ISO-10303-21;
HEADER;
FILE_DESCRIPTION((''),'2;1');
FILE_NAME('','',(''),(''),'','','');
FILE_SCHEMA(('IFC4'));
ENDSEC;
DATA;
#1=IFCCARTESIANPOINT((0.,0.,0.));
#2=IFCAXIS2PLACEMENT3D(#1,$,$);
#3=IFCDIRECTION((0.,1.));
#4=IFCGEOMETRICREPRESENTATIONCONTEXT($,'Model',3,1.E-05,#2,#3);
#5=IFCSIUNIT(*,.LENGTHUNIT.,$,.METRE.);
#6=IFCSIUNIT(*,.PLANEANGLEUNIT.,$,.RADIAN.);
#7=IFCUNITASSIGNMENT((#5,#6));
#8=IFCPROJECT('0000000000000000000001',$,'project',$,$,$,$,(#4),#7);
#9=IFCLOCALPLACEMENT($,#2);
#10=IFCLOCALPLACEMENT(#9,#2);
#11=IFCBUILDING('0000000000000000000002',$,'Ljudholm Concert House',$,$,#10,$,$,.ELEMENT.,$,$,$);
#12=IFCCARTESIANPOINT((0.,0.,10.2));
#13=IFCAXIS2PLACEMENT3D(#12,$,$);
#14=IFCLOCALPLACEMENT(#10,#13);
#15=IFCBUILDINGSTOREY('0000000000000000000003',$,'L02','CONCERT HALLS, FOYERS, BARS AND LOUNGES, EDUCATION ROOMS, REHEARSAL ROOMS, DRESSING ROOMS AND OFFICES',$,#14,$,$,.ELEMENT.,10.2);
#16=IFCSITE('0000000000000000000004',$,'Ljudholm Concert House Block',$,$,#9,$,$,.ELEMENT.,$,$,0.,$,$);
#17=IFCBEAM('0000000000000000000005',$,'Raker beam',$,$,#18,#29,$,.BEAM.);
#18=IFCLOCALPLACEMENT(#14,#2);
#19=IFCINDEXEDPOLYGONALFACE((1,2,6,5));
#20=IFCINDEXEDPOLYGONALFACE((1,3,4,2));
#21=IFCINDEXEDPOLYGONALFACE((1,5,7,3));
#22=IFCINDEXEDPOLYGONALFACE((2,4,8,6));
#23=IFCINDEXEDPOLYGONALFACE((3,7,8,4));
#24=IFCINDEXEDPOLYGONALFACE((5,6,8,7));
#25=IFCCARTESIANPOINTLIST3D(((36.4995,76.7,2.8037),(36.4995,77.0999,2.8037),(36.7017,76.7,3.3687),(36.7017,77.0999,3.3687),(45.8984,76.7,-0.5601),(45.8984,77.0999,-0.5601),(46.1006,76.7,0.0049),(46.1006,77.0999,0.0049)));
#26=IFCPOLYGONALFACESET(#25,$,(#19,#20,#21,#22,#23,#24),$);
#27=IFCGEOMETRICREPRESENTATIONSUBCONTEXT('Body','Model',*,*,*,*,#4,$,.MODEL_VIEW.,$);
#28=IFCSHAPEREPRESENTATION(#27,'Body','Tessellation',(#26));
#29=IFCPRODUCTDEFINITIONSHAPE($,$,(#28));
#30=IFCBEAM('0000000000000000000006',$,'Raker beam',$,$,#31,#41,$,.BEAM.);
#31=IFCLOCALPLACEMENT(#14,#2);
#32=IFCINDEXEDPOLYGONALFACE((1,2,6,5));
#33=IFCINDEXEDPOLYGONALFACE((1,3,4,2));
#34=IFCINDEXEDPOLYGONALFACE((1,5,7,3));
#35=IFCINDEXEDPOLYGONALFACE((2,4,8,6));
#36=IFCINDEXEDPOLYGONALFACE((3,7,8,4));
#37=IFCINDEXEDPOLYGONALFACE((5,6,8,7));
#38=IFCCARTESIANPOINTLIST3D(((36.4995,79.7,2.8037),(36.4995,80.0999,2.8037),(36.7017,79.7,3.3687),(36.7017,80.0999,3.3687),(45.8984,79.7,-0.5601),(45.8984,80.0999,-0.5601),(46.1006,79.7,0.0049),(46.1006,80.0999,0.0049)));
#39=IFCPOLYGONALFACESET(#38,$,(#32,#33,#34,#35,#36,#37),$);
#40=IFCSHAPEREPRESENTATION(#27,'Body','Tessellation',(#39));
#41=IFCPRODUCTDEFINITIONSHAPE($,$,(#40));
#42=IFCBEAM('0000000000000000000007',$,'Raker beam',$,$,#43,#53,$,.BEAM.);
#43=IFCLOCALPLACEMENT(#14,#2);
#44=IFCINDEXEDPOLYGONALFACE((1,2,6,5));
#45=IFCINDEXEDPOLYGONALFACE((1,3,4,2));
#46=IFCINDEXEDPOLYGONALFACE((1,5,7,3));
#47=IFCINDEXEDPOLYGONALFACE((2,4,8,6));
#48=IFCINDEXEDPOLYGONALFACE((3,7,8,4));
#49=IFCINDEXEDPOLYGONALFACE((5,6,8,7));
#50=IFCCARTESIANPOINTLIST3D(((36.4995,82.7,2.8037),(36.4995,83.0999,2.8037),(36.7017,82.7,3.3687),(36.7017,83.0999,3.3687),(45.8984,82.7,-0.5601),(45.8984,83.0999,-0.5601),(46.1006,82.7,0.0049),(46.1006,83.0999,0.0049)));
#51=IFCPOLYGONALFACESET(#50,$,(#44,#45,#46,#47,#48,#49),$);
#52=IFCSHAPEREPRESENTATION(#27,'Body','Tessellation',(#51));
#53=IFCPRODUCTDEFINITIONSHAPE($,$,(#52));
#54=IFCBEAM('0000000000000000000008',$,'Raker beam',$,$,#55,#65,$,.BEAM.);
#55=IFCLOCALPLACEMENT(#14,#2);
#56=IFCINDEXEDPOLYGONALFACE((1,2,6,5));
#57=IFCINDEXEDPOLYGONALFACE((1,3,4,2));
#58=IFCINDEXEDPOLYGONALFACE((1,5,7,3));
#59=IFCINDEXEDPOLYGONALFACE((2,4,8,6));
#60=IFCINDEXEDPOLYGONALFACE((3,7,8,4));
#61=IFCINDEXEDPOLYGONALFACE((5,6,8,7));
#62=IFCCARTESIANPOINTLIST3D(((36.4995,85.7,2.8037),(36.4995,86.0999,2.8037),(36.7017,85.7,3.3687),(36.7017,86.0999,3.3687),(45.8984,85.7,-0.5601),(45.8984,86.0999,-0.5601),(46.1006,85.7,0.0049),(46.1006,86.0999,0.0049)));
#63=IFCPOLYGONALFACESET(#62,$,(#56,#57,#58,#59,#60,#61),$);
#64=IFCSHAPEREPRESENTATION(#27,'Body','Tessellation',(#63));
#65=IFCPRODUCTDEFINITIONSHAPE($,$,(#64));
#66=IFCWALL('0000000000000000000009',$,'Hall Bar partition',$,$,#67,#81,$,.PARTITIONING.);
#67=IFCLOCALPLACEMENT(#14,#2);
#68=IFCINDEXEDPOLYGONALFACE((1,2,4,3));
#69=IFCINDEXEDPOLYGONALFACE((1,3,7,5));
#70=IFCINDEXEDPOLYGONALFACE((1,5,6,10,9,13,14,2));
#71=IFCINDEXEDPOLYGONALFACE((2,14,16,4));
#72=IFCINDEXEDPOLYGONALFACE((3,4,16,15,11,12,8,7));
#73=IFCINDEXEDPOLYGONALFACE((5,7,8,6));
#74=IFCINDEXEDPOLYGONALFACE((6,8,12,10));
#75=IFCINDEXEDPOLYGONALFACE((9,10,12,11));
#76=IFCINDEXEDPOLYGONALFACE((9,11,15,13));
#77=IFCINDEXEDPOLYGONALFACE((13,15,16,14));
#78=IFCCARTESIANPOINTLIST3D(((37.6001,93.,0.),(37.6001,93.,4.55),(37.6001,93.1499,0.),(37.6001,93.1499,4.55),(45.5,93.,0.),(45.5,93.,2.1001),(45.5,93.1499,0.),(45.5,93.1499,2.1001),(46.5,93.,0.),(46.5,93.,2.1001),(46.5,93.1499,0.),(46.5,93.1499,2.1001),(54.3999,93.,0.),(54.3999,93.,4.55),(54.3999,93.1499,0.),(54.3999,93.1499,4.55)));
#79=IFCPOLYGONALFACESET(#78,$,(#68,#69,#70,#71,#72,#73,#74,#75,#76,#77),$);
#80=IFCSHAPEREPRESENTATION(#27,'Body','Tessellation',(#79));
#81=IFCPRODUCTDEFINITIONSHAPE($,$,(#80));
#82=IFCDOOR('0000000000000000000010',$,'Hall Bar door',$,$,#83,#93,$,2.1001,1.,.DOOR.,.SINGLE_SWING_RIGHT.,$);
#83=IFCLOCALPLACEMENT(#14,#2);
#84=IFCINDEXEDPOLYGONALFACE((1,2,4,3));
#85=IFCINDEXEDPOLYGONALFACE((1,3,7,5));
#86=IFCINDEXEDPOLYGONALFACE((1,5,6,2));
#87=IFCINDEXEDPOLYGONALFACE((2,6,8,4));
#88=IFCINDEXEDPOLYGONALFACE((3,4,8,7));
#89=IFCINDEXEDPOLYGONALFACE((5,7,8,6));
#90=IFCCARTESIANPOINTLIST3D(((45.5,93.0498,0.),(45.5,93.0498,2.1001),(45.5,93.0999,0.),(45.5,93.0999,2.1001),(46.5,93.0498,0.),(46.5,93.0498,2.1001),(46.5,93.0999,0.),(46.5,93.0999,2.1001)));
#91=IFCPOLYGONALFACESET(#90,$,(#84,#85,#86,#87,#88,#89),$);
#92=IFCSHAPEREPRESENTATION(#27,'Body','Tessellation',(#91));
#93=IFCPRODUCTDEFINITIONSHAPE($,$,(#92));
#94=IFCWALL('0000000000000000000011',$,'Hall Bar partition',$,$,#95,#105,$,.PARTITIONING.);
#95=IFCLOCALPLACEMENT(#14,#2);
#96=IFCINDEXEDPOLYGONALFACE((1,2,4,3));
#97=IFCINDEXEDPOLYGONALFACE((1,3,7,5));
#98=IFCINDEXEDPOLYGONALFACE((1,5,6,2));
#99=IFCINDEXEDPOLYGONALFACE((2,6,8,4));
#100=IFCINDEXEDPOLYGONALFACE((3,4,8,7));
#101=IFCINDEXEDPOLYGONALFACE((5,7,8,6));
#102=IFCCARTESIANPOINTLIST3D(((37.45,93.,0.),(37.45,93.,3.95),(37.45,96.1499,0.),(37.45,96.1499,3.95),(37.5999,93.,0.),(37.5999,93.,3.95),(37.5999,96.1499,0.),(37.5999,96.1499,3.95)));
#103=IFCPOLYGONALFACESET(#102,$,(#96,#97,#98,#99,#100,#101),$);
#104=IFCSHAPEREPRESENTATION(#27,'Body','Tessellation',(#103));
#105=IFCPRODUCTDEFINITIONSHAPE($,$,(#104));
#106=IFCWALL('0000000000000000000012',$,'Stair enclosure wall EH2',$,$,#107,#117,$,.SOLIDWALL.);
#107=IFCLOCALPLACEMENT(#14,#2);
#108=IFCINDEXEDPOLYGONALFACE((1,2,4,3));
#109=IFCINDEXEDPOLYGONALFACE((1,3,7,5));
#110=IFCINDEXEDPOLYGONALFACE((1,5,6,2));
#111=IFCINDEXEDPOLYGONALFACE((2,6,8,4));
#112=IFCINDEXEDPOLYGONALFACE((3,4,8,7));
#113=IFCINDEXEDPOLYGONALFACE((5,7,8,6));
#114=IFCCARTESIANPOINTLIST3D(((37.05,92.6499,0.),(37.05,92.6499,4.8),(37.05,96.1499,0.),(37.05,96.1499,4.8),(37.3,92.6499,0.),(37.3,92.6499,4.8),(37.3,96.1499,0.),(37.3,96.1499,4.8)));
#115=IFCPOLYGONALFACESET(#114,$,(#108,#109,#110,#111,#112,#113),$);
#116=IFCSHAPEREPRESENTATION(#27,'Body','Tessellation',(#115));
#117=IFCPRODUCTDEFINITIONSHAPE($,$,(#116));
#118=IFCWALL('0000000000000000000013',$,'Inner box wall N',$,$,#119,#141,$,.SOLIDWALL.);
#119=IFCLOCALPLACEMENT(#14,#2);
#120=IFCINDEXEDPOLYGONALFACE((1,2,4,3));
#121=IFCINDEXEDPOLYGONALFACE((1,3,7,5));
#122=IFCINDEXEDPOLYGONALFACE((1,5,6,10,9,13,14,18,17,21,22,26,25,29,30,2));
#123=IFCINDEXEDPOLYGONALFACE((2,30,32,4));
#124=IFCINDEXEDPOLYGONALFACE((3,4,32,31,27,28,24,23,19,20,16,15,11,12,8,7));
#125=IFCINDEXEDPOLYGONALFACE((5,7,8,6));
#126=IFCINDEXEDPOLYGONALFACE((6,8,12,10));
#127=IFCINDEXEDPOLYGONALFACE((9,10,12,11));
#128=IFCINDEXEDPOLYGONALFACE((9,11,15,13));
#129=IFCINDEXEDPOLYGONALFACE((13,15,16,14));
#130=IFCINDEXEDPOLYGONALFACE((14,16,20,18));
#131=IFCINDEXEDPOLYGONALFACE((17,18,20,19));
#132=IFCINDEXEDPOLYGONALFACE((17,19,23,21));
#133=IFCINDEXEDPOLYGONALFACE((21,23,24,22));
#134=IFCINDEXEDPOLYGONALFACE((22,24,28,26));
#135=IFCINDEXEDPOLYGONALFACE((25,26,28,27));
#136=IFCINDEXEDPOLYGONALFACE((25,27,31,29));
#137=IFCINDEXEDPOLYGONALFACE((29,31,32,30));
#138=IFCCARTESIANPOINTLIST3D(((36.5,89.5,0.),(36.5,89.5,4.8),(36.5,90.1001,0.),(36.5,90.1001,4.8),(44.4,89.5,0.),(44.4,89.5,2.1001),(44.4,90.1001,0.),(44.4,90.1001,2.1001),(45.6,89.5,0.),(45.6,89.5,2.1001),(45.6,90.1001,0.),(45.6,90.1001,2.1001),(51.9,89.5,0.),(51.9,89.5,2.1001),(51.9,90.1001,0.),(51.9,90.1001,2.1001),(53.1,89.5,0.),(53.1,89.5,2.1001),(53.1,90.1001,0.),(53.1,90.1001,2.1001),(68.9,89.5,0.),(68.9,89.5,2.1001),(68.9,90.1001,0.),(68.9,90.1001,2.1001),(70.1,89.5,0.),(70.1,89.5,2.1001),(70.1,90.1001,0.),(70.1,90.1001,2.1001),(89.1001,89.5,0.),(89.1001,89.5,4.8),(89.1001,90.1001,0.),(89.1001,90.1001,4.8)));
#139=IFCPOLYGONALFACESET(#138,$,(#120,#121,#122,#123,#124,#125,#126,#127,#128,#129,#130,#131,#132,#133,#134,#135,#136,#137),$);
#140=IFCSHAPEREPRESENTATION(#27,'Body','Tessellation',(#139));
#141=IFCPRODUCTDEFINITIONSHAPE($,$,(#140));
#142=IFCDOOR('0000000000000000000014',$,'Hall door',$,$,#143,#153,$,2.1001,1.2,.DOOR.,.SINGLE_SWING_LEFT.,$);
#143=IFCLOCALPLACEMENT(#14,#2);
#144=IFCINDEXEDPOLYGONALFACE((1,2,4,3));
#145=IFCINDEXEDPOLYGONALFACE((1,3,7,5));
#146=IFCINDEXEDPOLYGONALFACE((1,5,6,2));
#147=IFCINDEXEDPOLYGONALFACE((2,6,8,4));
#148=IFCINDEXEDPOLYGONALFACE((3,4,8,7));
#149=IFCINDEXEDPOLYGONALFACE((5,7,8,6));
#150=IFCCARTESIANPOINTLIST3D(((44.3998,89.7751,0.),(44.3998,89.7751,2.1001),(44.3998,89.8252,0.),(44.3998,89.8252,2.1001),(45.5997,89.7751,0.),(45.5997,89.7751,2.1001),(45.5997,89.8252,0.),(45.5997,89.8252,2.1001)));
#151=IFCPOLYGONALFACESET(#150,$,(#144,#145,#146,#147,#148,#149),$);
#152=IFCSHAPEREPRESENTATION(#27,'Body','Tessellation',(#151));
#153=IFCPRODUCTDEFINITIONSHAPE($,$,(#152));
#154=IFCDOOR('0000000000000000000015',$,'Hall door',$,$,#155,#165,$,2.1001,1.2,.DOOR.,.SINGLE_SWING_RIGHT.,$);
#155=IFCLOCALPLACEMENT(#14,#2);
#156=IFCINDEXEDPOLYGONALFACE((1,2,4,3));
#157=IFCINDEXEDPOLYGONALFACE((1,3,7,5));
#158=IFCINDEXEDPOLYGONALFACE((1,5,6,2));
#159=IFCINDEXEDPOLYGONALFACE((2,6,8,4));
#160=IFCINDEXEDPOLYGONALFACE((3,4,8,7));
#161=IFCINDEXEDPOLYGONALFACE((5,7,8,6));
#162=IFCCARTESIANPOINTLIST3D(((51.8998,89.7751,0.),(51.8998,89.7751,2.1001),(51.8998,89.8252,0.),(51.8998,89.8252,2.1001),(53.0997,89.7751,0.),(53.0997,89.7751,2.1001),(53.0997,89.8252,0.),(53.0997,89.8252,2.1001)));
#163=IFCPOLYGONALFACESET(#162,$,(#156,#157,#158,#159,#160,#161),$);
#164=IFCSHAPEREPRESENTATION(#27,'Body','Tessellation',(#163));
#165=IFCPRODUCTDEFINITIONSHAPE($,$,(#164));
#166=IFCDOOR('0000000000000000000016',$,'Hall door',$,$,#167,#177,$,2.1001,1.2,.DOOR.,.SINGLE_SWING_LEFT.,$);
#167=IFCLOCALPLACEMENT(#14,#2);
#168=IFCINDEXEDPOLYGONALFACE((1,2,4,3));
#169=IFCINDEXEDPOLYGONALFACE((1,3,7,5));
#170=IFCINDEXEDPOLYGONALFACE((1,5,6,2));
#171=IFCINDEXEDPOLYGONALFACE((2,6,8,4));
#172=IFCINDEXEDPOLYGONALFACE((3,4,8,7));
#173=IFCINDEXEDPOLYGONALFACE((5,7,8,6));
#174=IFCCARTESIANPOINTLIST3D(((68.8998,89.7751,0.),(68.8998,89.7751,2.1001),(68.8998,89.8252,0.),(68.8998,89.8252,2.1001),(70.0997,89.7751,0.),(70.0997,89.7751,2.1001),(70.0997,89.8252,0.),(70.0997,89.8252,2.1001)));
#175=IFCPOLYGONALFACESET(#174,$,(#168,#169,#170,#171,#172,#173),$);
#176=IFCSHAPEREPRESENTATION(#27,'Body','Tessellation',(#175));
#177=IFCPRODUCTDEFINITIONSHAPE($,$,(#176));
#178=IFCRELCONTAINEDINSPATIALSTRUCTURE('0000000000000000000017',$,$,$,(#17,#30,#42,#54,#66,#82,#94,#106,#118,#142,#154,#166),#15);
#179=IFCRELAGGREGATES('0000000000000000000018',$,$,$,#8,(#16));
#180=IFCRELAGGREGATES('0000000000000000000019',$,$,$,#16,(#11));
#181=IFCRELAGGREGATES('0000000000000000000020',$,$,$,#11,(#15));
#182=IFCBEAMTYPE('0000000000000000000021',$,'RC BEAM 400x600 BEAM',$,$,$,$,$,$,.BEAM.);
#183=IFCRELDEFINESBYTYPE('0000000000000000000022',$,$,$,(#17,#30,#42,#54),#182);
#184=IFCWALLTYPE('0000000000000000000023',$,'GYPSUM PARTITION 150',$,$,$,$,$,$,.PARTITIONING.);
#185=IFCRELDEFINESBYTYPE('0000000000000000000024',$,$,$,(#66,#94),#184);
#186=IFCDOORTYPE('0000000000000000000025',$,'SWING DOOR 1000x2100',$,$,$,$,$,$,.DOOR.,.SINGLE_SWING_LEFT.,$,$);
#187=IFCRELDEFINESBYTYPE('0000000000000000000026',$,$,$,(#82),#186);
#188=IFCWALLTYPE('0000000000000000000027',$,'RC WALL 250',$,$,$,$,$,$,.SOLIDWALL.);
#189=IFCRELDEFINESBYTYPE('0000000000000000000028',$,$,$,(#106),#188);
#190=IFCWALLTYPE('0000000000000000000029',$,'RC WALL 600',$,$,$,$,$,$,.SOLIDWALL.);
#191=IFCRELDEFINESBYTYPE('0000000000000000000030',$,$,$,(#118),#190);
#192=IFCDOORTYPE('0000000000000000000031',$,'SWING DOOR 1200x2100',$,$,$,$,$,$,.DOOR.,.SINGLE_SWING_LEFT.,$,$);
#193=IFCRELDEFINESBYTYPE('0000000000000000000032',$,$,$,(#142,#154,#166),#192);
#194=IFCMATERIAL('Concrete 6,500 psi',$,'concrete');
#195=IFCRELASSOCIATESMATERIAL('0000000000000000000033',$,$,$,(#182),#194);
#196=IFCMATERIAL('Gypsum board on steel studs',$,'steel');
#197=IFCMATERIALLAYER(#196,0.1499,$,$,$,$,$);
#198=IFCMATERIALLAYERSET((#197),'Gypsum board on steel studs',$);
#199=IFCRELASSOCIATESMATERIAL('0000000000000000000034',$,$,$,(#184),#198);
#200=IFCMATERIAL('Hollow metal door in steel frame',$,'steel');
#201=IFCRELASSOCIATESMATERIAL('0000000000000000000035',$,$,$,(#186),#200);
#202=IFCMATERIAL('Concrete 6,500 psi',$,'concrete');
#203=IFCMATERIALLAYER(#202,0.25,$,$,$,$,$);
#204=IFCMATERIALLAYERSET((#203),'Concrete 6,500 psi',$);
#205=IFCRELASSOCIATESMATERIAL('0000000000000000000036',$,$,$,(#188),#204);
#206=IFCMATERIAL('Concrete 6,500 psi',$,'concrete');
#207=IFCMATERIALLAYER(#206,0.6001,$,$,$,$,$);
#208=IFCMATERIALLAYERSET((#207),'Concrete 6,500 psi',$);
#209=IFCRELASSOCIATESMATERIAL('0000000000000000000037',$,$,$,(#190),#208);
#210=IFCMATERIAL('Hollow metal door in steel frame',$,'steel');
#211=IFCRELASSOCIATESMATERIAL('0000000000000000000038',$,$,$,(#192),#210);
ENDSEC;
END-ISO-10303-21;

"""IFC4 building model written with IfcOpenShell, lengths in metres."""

from ifc_helpers import new_model, si_unit, direction, frame, frame_2d, origin, origin_2d, place, context, subcontext, project, spatial, rectangle, extrude, material, layer, layer_set, material_profile, profile_set, type_object, element, fill, save


model = new_model("IFC4")

# Units and contexts
model_context = context("Model", 3, precision=1e-05, world=origin(), true_north=direction((0.0, 1.0)))
body_context = subcontext(model_context, "Body", "Model", "MODEL_VIEW")
ifc_project = project(units=[si_unit("LENGTHUNIT", "METRE"), si_unit("PLANEANGLEUNIT", "RADIAN")], contexts=[model_context])

# Site, building, storey
site_placement = place(None, origin())
site = spatial("IfcSite", under=ifc_project, at=site_placement, Name="Ljudholm Concert House Block", CompositionType="ELEMENT", RefElevation=0.0)
building_placement = place(site_placement, origin())
building = spatial("IfcBuilding", under=site, at=building_placement, Name="Ljudholm Concert House", CompositionType="ELEMENT")
storey_placement = place(building_placement, frame((0.0, 0.0, 10.2)))
storey = spatial("IfcBuildingStorey", under=building, at=storey_placement, Name="L02", Description="CONCERT HALLS, FOYERS, BARS AND LOUNGES, EDUCATION ROOMS, REHEARSAL ROOMS, DRESSING ROOMS AND OFFICES", CompositionType="ELEMENT", Elevation=10.2)

# Beams
ifc_material_1 = material(Name="Concrete 6,500 psi", Category="concrete")
ifc_material_profile_1 = material_profile(ifc_material_1, rectangle(XDim=0.3999, YDim=0.6001, at=origin_2d()), Name="RC BEAM 400x600 BEAM")
ifc_profile_set_1 = profile_set([ifc_material_profile_1], Name="Concrete 6,500 psi")
beam_type_1 = type_object("IfcBeamType", Name="RC BEAM 400x600 BEAM", PredefinedType="BEAM", material=ifc_profile_set_1)
for number, where, z_axis, x_axis, name in (
    (1, (36.6006, 76.8999, 3.0862), (0.941519, 0.0, -0.336959), (0.0, 1.0, 0.0), "Raker beam"),
    (2, (36.6006, 79.8999, 3.0862), (0.941519, 0.0, -0.336959), (0.0, 1.0, 0.0), "Raker beam"),
    (3, (36.6006, 82.8999, 3.0862), (0.941519, 0.0, -0.336959), (0.0, 1.0, 0.0), "Raker beam"),
    (4, (36.6006, 85.8999, 3.0862), (0.941519, 0.0, -0.336959), (0.0, 1.0, 0.0), "Raker beam"),
):
    element("IfcBeam", number, at=place(storey_placement, frame(where, z_axis=z_axis, x_axis=x_axis)), inside=storey, type_object=beam_type_1, Name=name, PredefinedType="BEAM", context=body_context, shape_type="SweptSolid", body=[
        extrude(rectangle(XDim=0.3999, YDim=0.6001, at=origin_2d()), origin(), (0.0, 0.0, 1.0), 9.9827),
    ])

# Wall, opening, door
ifc_material_2 = material(Name="Gypsum board on steel studs", Category="steel")
ifc_layer_1 = layer(ifc_material_2, 0.1499)
ifc_layer_set_1 = layer_set([ifc_layer_1], Name="Gypsum board on steel studs")
wall_type_1 = type_object("IfcWallType", Name="GYPSUM PARTITION 150", PredefinedType="PARTITIONING", material=ifc_layer_set_1)
wall_1_placement = place(storey_placement, frame((37.6001, 93.075, 0.0), z_axis=(0.0, 0.0, 1.0), x_axis=(1.0, 0.0, 0.0)))
wall_1 = element("IfcWall", 5, at=wall_1_placement, inside=storey, type_object=wall_type_1, Name="Hall Bar partition", PredefinedType="PARTITIONING", context=body_context, shape_type="SweptSolid", body=[
    extrude(rectangle(XDim=16.7998, YDim=0.1499, at=frame_2d((8.3999, 0.0))), origin(), (0.0, 0.0, 1.0), 4.55),
])
opening_1_placement = place(wall_1_placement, frame((7.8999, 0.0, 0.0)))
opening_1 = element("IfcOpeningElement", 6, at=opening_1_placement, cuts=wall_1, PredefinedType="OPENING", context=body_context, shape_type="SweptSolid", body=[
    extrude(rectangle(XDim=1.0, YDim=2.1001, at=frame_2d((0.5, 1.05))), frame((0.0, 0.085, 0.0), z_axis=(0.0, -1.0, 0.0), x_axis=(1.0, 0.0, 0.0)), (0.0, 0.0, 1.0), 0.1699),
])
ifc_material_3 = material(Name="Hollow metal door in steel frame", Category="steel")
door_type_1 = type_object("IfcDoorType", Name="SWING DOOR 1000x2100", OperationType="SINGLE_SWING_LEFT", PredefinedType="DOOR", material=ifc_material_3)
door_1_placement = place(opening_1_placement, origin())
door_1 = element("IfcDoor", 7, at=door_1_placement, inside=storey, type_object=door_type_1, Name="Hall Bar door", OperationType="SINGLE_SWING_RIGHT", OverallHeight=2.1001, OverallWidth=1.0, PredefinedType="DOOR", context=body_context, shape_type="SweptSolid", body=[
    extrude(rectangle(XDim=1.0, YDim=2.1001, at=frame_2d((0.5, 1.05))), frame((0.0, 0.0249, 0.0), z_axis=(0.0, -1.0, 0.0), x_axis=(1.0, 0.0, 0.0)), (0.0, 0.0, 1.0), 0.05),
])
fill(opening_1, door_1)

# Walls
wall_2_placement = place(storey_placement, frame((37.5249, 93.0, 0.0), z_axis=(0.0, 0.0, 1.0), x_axis=(0.0, 1.0, 0.0)))
element("IfcWall", 8, at=wall_2_placement, inside=storey, type_object=wall_type_1, Name="Hall Bar partition", PredefinedType="PARTITIONING", context=body_context, shape_type="SweptSolid", body=[
    extrude(rectangle(XDim=3.1499, YDim=0.1499, at=frame_2d((1.575, 0.0))), origin(), (0.0, 0.0, 1.0), 3.95),
])
ifc_material_4 = material(Name="Concrete 6,500 psi", Category="concrete")
ifc_layer_2 = layer(ifc_material_4, 0.25)
ifc_layer_set_2 = layer_set([ifc_layer_2], Name="Concrete 6,500 psi")
wall_type_2 = type_object("IfcWallType", Name="RC WALL 250", PredefinedType="SOLIDWALL", material=ifc_layer_set_2)
wall_3_placement = place(storey_placement, frame((37.175, 92.6499, 0.0), z_axis=(0.0, 0.0, 1.0), x_axis=(0.0, 1.0, 0.0)))
element("IfcWall", 9, at=wall_3_placement, inside=storey, type_object=wall_type_2, Name="Stair enclosure wall EH2", PredefinedType="SOLIDWALL", context=body_context, shape_type="SweptSolid", body=[
    extrude(rectangle(XDim=3.5, YDim=0.25, at=frame_2d((1.75, 0.0))), origin(), (0.0, 0.0, 1.0), 4.8),
])

# Wall, openings, doors
ifc_material_5 = material(Name="Concrete 6,500 psi", Category="concrete")
ifc_layer_3 = layer(ifc_material_5, 0.6001)
ifc_layer_set_3 = layer_set([ifc_layer_3], Name="Concrete 6,500 psi")
wall_type_3 = type_object("IfcWallType", Name="RC WALL 600", PredefinedType="SOLIDWALL", material=ifc_layer_set_3)
wall_4_placement = place(storey_placement, frame((36.5, 89.8, 0.0), z_axis=(0.0, 0.0, 1.0), x_axis=(1.0, 0.0, 0.0)))
wall_4 = element("IfcWall", 10, at=wall_4_placement, inside=storey, type_object=wall_type_3, Name="Inner box wall N", PredefinedType="SOLIDWALL", context=body_context, shape_type="SweptSolid", body=[
    extrude(rectangle(XDim=52.6001, YDim=0.6001, at=frame_2d((26.3, 0.0))), origin(), (0.0, 0.0, 1.0), 4.8),
])
opening_2_placement = place(wall_4_placement, frame((7.8999, 0.0, 0.0)))
opening_2 = element("IfcOpeningElement", 11, at=opening_2_placement, cuts=wall_4, PredefinedType="OPENING", context=body_context, shape_type="SweptSolid", body=[
    extrude(rectangle(XDim=1.2, YDim=2.1001, at=frame_2d((0.6001, 1.05))), frame((0.0, 0.3101, 0.0), z_axis=(0.0, -1.0, 0.0), x_axis=(1.0, 0.0, 0.0)), (0.0, 0.0, 1.0), 0.6201),
])
opening_3_placement = place(wall_4_placement, frame((15.3999, 0.0, 0.0)))
opening_3 = element("IfcOpeningElement", 12, at=opening_3_placement, cuts=wall_4, PredefinedType="OPENING", context=body_context, shape_type="SweptSolid", body=[
    extrude(rectangle(XDim=1.2, YDim=2.1001, at=frame_2d((0.6001, 1.05))), frame((0.0, 0.3101, 0.0), z_axis=(0.0, -1.0, 0.0), x_axis=(1.0, 0.0, 0.0)), (0.0, 0.0, 1.0), 0.6201),
])
opening_4_placement = place(wall_4_placement, frame((32.3999, 0.0, 0.0)))
opening_4 = element("IfcOpeningElement", 13, at=opening_4_placement, cuts=wall_4, PredefinedType="OPENING", context=body_context, shape_type="SweptSolid", body=[
    extrude(rectangle(XDim=1.2, YDim=2.1001, at=frame_2d((0.6001, 1.05))), frame((0.0, 0.3101, 0.0), z_axis=(0.0, -1.0, 0.0), x_axis=(1.0, 0.0, 0.0)), (0.0, 0.0, 1.0), 0.6201),
])
ifc_material_6 = material(Name="Hollow metal door in steel frame", Category="steel")
door_type_2 = type_object("IfcDoorType", Name="SWING DOOR 1200x2100", OperationType="SINGLE_SWING_LEFT", PredefinedType="DOOR", material=ifc_material_6)
door_2_placement = place(opening_2_placement, frame((1.2, 0.0, 0.0), z_axis=(0.0, 0.0, 1.0), x_axis=(-1.0, 0.0, 0.0)))
door_2 = element("IfcDoor", 14, at=door_2_placement, inside=storey, type_object=door_type_2, Name="Hall door", OperationType="SINGLE_SWING_LEFT", OverallHeight=2.1001, OverallWidth=1.2, PredefinedType="DOOR", context=body_context, shape_type="SweptSolid", body=[
    extrude(rectangle(XDim=1.2, YDim=2.1001, at=frame_2d((0.6001, 1.05))), frame((0.0, 0.0249, 0.0), z_axis=(0.0, -1.0, 0.0), x_axis=(1.0, 0.0, 0.0)), (0.0, 0.0, 1.0), 0.05),
])
fill(opening_2, door_2)
door_3_placement = place(opening_3_placement, frame((1.2, 0.0, 0.0), z_axis=(0.0, 0.0, 1.0), x_axis=(-1.0, 0.0, 0.0)))
door_3 = element("IfcDoor", 15, at=door_3_placement, inside=storey, type_object=door_type_2, Name="Hall door", OperationType="SINGLE_SWING_RIGHT", OverallHeight=2.1001, OverallWidth=1.2, PredefinedType="DOOR", context=body_context, shape_type="SweptSolid", body=[
    extrude(rectangle(XDim=1.2, YDim=2.1001, at=frame_2d((0.6001, 1.05))), frame((0.0, 0.0249, 0.0), z_axis=(0.0, -1.0, 0.0), x_axis=(1.0, 0.0, 0.0)), (0.0, 0.0, 1.0), 0.05),
])
fill(opening_3, door_3)
door_4_placement = place(opening_4_placement, frame((1.2, 0.0, 0.0), z_axis=(0.0, 0.0, 1.0), x_axis=(-1.0, 0.0, 0.0)))
door_4 = element("IfcDoor", 16, at=door_4_placement, inside=storey, type_object=door_type_2, Name="Hall door", OperationType="SINGLE_SWING_LEFT", OverallHeight=2.1001, OverallWidth=1.2, PredefinedType="DOOR", context=body_context, shape_type="SweptSolid", body=[
    extrude(rectangle(XDim=1.2, YDim=2.1001, at=frame_2d((0.6001, 1.05))), frame((0.0, 0.0249, 0.0), z_axis=(0.0, -1.0, 0.0), x_axis=(1.0, 0.0, 0.0)), (0.0, 0.0, 1.0), 0.05),
])
fill(opening_4, door_4)

save(model, "model.ifc")
